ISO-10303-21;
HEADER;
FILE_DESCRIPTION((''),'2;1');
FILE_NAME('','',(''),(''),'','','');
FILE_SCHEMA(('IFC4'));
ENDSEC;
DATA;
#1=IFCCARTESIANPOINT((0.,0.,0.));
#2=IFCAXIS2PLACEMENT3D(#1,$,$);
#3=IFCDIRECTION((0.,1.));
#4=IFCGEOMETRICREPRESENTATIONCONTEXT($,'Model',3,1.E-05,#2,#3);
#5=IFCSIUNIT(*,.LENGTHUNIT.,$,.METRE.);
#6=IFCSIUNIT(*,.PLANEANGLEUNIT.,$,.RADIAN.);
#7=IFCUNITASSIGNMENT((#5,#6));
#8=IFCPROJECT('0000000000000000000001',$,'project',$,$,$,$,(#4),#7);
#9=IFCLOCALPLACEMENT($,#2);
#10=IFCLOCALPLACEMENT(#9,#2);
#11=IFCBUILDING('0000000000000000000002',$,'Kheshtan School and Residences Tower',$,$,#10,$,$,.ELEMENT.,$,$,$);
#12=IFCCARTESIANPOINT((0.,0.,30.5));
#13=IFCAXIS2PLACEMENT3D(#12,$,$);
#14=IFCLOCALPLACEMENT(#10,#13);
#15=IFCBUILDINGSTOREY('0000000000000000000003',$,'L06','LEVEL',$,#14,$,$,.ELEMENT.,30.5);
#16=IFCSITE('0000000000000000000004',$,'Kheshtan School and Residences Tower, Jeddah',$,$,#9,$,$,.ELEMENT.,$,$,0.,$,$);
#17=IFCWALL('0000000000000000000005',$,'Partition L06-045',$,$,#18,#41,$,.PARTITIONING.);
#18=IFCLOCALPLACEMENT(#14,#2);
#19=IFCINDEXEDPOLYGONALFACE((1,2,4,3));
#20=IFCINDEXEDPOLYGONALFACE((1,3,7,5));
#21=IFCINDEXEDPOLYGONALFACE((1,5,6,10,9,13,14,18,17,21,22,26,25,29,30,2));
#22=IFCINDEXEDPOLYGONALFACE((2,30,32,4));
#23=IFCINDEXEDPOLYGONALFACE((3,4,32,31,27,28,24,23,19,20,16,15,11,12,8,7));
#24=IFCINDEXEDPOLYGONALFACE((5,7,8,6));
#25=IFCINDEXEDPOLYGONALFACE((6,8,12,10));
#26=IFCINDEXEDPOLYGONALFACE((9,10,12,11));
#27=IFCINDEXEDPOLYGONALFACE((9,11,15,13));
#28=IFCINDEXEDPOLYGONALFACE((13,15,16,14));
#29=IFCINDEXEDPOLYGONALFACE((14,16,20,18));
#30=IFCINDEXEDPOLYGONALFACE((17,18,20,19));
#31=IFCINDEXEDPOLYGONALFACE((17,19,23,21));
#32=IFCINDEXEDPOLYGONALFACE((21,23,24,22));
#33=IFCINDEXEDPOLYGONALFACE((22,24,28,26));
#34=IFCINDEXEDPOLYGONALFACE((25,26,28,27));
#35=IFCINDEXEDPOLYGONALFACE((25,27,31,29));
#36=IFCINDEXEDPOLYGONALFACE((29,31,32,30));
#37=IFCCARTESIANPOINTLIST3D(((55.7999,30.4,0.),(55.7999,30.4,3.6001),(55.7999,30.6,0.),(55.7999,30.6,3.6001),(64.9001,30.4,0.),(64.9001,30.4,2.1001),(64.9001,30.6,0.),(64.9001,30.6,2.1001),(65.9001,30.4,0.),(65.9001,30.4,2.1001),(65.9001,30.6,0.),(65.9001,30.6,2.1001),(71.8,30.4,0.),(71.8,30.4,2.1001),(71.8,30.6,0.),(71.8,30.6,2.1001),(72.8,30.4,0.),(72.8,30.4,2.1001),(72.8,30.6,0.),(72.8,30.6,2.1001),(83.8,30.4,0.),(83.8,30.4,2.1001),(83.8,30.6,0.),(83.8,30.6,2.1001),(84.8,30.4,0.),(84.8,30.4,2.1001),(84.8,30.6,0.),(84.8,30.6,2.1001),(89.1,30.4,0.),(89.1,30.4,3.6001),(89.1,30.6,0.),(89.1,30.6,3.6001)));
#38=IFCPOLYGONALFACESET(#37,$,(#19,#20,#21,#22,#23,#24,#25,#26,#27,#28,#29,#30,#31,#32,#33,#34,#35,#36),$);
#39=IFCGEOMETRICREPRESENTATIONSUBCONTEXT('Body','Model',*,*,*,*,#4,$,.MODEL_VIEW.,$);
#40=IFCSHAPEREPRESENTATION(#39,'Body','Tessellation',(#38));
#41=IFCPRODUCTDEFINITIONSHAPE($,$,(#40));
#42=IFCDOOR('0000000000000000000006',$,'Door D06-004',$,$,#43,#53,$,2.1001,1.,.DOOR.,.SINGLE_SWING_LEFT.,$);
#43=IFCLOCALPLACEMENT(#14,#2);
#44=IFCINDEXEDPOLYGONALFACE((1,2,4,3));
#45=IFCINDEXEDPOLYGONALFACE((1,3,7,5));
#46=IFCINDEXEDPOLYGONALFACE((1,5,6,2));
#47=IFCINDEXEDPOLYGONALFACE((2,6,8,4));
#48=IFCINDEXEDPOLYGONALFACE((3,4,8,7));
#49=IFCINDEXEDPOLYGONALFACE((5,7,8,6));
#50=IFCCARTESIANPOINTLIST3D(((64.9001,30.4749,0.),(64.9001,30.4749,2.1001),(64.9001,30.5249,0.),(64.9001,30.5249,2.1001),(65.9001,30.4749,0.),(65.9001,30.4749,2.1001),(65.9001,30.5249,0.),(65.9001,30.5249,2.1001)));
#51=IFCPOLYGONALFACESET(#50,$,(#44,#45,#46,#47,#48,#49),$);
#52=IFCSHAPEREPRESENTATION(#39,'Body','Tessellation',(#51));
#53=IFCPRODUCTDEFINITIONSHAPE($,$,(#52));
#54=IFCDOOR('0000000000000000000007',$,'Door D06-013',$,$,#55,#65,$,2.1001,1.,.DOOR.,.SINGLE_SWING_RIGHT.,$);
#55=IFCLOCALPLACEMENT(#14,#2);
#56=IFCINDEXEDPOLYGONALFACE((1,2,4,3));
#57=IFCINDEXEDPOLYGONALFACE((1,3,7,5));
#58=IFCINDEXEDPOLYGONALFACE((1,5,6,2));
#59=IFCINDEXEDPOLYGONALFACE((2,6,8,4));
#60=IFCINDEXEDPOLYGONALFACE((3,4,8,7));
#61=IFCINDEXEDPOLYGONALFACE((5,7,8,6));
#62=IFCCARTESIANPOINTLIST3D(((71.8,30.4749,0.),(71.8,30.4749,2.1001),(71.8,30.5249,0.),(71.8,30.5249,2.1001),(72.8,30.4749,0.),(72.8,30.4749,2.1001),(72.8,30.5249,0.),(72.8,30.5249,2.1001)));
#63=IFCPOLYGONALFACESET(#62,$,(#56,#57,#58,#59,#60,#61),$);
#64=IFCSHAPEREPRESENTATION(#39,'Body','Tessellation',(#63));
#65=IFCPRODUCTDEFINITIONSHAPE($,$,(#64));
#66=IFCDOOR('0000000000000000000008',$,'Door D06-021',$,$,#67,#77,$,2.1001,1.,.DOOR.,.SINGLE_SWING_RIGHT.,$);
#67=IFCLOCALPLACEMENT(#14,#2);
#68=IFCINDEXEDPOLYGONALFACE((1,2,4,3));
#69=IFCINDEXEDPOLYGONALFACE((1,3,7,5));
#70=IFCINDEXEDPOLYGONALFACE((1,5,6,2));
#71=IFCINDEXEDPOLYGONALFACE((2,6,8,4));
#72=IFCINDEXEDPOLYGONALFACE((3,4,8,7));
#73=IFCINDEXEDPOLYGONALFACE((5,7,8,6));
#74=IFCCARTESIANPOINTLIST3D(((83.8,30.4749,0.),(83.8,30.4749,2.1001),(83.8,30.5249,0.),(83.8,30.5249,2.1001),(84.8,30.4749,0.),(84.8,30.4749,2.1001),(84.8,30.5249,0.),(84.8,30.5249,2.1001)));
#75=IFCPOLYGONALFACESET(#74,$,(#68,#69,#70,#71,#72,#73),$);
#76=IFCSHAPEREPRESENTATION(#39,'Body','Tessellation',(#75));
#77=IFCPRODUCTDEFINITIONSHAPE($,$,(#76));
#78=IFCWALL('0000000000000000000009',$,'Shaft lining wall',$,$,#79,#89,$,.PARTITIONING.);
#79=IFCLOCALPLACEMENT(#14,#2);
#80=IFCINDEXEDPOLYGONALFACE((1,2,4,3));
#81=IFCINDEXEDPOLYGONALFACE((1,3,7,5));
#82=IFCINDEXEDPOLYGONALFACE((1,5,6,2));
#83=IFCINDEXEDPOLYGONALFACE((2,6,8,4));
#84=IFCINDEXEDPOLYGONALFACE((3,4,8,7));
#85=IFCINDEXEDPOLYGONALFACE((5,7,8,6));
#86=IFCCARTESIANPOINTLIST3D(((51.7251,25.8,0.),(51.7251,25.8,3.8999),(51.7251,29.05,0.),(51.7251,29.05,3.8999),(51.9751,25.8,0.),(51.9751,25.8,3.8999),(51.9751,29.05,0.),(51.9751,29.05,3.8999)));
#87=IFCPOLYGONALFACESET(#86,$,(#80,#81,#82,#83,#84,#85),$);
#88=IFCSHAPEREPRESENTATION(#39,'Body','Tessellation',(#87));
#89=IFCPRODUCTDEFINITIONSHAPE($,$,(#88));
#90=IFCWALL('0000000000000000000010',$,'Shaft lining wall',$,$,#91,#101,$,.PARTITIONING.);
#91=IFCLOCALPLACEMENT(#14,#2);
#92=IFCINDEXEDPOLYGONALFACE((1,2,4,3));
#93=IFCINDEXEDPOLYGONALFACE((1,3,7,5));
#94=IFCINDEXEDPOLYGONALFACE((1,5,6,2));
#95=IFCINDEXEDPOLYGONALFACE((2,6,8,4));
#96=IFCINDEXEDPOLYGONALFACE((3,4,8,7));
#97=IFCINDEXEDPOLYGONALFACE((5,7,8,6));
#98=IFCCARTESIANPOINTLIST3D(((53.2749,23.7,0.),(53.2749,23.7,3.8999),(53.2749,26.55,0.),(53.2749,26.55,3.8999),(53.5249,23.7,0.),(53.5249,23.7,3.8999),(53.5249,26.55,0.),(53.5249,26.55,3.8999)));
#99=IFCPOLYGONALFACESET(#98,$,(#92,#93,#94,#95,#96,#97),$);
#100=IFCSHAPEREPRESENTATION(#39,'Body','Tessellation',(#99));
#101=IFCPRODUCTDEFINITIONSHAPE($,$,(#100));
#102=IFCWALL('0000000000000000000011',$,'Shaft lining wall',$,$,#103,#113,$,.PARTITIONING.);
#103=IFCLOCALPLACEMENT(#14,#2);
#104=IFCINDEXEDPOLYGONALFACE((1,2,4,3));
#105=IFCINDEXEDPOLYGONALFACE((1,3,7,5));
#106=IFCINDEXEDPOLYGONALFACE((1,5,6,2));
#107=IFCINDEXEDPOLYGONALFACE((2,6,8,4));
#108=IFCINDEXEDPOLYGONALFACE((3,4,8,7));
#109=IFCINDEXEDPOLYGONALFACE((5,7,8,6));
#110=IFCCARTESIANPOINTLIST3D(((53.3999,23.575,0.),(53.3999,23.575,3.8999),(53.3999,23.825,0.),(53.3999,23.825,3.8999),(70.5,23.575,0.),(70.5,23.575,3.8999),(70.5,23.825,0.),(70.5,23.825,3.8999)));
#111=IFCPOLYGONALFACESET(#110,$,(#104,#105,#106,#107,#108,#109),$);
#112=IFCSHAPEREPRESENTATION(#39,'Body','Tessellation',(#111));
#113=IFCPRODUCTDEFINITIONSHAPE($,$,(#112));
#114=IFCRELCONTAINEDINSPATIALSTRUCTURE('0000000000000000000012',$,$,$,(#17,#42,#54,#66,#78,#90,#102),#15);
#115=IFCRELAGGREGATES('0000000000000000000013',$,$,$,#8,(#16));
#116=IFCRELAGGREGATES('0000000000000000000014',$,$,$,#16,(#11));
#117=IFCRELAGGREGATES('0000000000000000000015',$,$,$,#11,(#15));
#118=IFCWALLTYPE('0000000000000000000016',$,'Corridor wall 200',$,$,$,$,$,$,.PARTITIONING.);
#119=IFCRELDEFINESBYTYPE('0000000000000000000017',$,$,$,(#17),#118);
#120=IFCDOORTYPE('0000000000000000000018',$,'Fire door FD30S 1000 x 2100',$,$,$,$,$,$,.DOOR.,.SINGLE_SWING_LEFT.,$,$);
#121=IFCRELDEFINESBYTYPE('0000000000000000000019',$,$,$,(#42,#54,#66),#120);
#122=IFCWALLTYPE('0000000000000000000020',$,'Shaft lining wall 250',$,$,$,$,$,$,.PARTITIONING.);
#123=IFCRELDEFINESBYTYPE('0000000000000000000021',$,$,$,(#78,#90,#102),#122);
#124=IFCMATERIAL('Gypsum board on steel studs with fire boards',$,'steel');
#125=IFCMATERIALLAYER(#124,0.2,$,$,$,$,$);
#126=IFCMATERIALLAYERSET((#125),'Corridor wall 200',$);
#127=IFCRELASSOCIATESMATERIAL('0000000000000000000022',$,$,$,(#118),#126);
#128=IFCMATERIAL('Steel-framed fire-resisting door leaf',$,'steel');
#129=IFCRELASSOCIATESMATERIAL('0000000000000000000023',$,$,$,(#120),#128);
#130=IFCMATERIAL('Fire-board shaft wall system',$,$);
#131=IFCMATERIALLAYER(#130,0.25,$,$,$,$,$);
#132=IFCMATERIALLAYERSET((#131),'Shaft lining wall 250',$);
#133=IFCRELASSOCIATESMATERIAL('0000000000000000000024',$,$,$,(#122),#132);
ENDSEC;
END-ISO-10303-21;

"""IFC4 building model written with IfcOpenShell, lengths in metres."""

from ifc_helpers import new_model, si_unit, direction, frame, frame_2d, origin, place, context, subcontext, project, spatial, rectangle, extrude, source, transform, mapped, material, layer, layer_set, type_object, element, fill, save


model = new_model("IFC4")

# Units and contexts
model_context = context("Model", 3, precision=1e-05, world=origin(), true_north=direction((0.0, 1.0)))
body_context = subcontext(model_context, "Body", "Model", "MODEL_VIEW")
ifc_project = project(units=[si_unit("LENGTHUNIT", "METRE"), si_unit("PLANEANGLEUNIT", "RADIAN")], contexts=[model_context])

# Site, building, storey
site_placement = place(None, origin())
site = spatial("IfcSite", under=ifc_project, at=site_placement, Name="Kheshtan School and Residences Tower, Jeddah", CompositionType="ELEMENT", RefElevation=0.0)
building_placement = place(site_placement, origin())
building = spatial("IfcBuilding", under=site, at=building_placement, Name="Kheshtan School and Residences Tower", CompositionType="ELEMENT")
storey_placement = place(building_placement, frame((0.0, 0.0, 30.5)))
storey = spatial("IfcBuildingStorey", under=building, at=storey_placement, Name="L06", Description="LEVEL", CompositionType="ELEMENT", Elevation=30.5)

# Wall, openings, doors
ifc_material_1 = material(Name="Gypsum board on steel studs with fire boards", Category="steel")
ifc_layer_1 = layer(ifc_material_1, 0.2)
ifc_layer_set_1 = layer_set([ifc_layer_1], Name="Corridor wall 200")
wall_type_1 = type_object("IfcWallType", Name="Corridor wall 200", PredefinedType="PARTITIONING", material=ifc_layer_set_1)
wall_1_placement = place(storey_placement, frame((55.8, 30.5, 0.0), z_axis=(0.0, 0.0, 1.0), x_axis=(1.0, 0.0, 0.0)))
wall_1 = element("IfcWall", 1, at=wall_1_placement, inside=storey, type_object=wall_type_1, Name="Partition L06-045", PredefinedType="PARTITIONING", context=body_context, shape_type="SweptSolid", body=[
    extrude(rectangle(XDim=33.3, YDim=0.2, at=frame_2d((16.6499, 0.0))), origin(), (0.0, 0.0, 1.0), 3.6001),
])
opening_1_placement = place(wall_1_placement, frame((9.1001, 0.0, 0.0)))
opening_1 = element("IfcOpeningElement", 2, at=opening_1_placement, cuts=wall_1, PredefinedType="OPENING", context=body_context, shape_type="SweptSolid", body=[
    extrude(rectangle(XDim=1.0, YDim=2.1001, at=frame_2d((0.5, 1.05))), frame((0.0, 0.1099, 0.0), z_axis=(0.0, -1.0, 0.0), x_axis=(1.0, 0.0, 0.0)), (0.0, 0.0, 1.0), 0.22),
])
opening_2_placement = place(wall_1_placement, frame((16.0, 0.0, 0.0)))
opening_2 = element("IfcOpeningElement", 3, at=opening_2_placement, cuts=wall_1, PredefinedType="OPENING", context=body_context, shape_type="SweptSolid", body=[
    extrude(rectangle(XDim=1.0, YDim=2.1001, at=frame_2d((0.5, 1.05))), frame((0.0, 0.1099, 0.0), z_axis=(0.0, -1.0, 0.0), x_axis=(1.0, 0.0, 0.0)), (0.0, 0.0, 1.0), 0.22),
])
opening_3_placement = place(wall_1_placement, frame((28.0, 0.0, 0.0)))
opening_3 = element("IfcOpeningElement", 4, at=opening_3_placement, cuts=wall_1, PredefinedType="OPENING", context=body_context, shape_type="SweptSolid", body=[
    extrude(rectangle(XDim=1.0, YDim=2.1001, at=frame_2d((0.5, 1.05))), frame((0.0, 0.1099, 0.0), z_axis=(0.0, -1.0, 0.0), x_axis=(1.0, 0.0, 0.0)), (0.0, 0.0, 1.0), 0.22),
])
ifc_material_2 = material(Name="Steel-framed fire-resisting door leaf", Category="steel")
door_type_1 = type_object("IfcDoorType", Name="Fire door FD30S 1000 x 2100", OperationType="SINGLE_SWING_LEFT", PredefinedType="DOOR", material=ifc_material_2)
shared_shape_1 = source(origin(), body_context, "Body", "SweptSolid", [
    extrude(rectangle(XDim=1.0, YDim=2.1001, at=frame_2d((0.5, 1.05))), frame((0.0, 0.0249, 0.0), z_axis=(0.0, -1.0, 0.0), x_axis=(1.0, 0.0, 0.0)), (0.0, 0.0, 1.0), 0.05),
])
door_1_placement = place(opening_1_placement, origin())
door_1 = element("IfcDoor", 5, at=door_1_placement, inside=storey, type_object=door_type_1, Name="Door D06-004", OperationType="SINGLE_SWING_LEFT", OverallHeight=2.1001, OverallWidth=1.0, PredefinedType="DOOR", context=body_context, shape_type="MappedRepresentation", body=[
    mapped(shared_shape_1, transform((0.0, 0.0, 0.0), x_axis=(1.0, 0.0, 0.0), y_axis=(0.0, 1.0, 0.0), z_axis=(0.0, 0.0, 1.0), scale=1.0)),
])
fill(opening_1, door_1)
door_2_placement = place(opening_2_placement, origin())
door_2 = element("IfcDoor", 6, at=door_2_placement, inside=storey, type_object=door_type_1, Name="Door D06-013", OperationType="SINGLE_SWING_RIGHT", OverallHeight=2.1001, OverallWidth=1.0, PredefinedType="DOOR", context=body_context, shape_type="MappedRepresentation", body=[
    mapped(shared_shape_1, transform((0.0, 0.0, 0.0), x_axis=(1.0, 0.0, 0.0), y_axis=(0.0, 1.0, 0.0), z_axis=(0.0, 0.0, 1.0), scale=1.0)),
])
fill(opening_2, door_2)
door_3_placement = place(opening_3_placement, origin())
door_3 = element("IfcDoor", 7, at=door_3_placement, inside=storey, type_object=door_type_1, Name="Door D06-021", OperationType="SINGLE_SWING_RIGHT", OverallHeight=2.1001, OverallWidth=1.0, PredefinedType="DOOR", context=body_context, shape_type="MappedRepresentation", body=[
    mapped(shared_shape_1, transform((0.0, 0.0, 0.0), x_axis=(1.0, 0.0, 0.0), y_axis=(0.0, 1.0, 0.0), z_axis=(0.0, 0.0, 1.0), scale=1.0)),
])
fill(opening_3, door_3)

# Walls
ifc_material_3 = material(Name="Fire-board shaft wall system")
ifc_layer_2 = layer(ifc_material_3, 0.25)
ifc_layer_set_2 = layer_set([ifc_layer_2], Name="Shaft lining wall 250")
wall_type_2 = type_object("IfcWallType", Name="Shaft lining wall 250", PredefinedType="PARTITIONING", material=ifc_layer_set_2)
wall_2_placement = place(storey_placement, frame((51.8501, 25.8, 0.0), z_axis=(0.0, 0.0, 1.0), x_axis=(0.0, 1.0, 0.0)))
element("IfcWall", 8, at=wall_2_placement, inside=storey, type_object=wall_type_2, Name="Shaft lining wall", PredefinedType="PARTITIONING", context=body_context, shape_type="SweptSolid", body=[
    extrude(rectangle(XDim=3.25, YDim=0.25, at=frame_2d((1.625, 0.0))), origin(), (0.0, 0.0, 1.0), 3.8999),
])
wall_3_placement = place(storey_placement, frame((53.3999, 23.7, 0.0), z_axis=(0.0, 0.0, 1.0), x_axis=(0.0, 1.0, 0.0)))
element("IfcWall", 9, at=wall_3_placement, inside=storey, type_object=wall_type_2, Name="Shaft lining wall", PredefinedType="PARTITIONING", context=body_context, shape_type="SweptSolid", body=[
    extrude(rectangle(XDim=2.8501, YDim=0.25, at=frame_2d((1.425, 0.0))), origin(), (0.0, 0.0, 1.0), 3.8999),
])
wall_4_placement = place(storey_placement, frame((53.3999, 23.7, 0.0), z_axis=(0.0, 0.0, 1.0), x_axis=(1.0, 0.0, 0.0)))
element("IfcWall", 10, at=wall_4_placement, inside=storey, type_object=wall_type_2, Name="Shaft lining wall", PredefinedType="PARTITIONING", context=body_context, shape_type="SweptSolid", body=[
    extrude(rectangle(XDim=17.1001, YDim=0.25, at=frame_2d((8.55, 0.0))), origin(), (0.0, 0.0, 1.0), 3.8999),
])

save(model, "model.ifc")
